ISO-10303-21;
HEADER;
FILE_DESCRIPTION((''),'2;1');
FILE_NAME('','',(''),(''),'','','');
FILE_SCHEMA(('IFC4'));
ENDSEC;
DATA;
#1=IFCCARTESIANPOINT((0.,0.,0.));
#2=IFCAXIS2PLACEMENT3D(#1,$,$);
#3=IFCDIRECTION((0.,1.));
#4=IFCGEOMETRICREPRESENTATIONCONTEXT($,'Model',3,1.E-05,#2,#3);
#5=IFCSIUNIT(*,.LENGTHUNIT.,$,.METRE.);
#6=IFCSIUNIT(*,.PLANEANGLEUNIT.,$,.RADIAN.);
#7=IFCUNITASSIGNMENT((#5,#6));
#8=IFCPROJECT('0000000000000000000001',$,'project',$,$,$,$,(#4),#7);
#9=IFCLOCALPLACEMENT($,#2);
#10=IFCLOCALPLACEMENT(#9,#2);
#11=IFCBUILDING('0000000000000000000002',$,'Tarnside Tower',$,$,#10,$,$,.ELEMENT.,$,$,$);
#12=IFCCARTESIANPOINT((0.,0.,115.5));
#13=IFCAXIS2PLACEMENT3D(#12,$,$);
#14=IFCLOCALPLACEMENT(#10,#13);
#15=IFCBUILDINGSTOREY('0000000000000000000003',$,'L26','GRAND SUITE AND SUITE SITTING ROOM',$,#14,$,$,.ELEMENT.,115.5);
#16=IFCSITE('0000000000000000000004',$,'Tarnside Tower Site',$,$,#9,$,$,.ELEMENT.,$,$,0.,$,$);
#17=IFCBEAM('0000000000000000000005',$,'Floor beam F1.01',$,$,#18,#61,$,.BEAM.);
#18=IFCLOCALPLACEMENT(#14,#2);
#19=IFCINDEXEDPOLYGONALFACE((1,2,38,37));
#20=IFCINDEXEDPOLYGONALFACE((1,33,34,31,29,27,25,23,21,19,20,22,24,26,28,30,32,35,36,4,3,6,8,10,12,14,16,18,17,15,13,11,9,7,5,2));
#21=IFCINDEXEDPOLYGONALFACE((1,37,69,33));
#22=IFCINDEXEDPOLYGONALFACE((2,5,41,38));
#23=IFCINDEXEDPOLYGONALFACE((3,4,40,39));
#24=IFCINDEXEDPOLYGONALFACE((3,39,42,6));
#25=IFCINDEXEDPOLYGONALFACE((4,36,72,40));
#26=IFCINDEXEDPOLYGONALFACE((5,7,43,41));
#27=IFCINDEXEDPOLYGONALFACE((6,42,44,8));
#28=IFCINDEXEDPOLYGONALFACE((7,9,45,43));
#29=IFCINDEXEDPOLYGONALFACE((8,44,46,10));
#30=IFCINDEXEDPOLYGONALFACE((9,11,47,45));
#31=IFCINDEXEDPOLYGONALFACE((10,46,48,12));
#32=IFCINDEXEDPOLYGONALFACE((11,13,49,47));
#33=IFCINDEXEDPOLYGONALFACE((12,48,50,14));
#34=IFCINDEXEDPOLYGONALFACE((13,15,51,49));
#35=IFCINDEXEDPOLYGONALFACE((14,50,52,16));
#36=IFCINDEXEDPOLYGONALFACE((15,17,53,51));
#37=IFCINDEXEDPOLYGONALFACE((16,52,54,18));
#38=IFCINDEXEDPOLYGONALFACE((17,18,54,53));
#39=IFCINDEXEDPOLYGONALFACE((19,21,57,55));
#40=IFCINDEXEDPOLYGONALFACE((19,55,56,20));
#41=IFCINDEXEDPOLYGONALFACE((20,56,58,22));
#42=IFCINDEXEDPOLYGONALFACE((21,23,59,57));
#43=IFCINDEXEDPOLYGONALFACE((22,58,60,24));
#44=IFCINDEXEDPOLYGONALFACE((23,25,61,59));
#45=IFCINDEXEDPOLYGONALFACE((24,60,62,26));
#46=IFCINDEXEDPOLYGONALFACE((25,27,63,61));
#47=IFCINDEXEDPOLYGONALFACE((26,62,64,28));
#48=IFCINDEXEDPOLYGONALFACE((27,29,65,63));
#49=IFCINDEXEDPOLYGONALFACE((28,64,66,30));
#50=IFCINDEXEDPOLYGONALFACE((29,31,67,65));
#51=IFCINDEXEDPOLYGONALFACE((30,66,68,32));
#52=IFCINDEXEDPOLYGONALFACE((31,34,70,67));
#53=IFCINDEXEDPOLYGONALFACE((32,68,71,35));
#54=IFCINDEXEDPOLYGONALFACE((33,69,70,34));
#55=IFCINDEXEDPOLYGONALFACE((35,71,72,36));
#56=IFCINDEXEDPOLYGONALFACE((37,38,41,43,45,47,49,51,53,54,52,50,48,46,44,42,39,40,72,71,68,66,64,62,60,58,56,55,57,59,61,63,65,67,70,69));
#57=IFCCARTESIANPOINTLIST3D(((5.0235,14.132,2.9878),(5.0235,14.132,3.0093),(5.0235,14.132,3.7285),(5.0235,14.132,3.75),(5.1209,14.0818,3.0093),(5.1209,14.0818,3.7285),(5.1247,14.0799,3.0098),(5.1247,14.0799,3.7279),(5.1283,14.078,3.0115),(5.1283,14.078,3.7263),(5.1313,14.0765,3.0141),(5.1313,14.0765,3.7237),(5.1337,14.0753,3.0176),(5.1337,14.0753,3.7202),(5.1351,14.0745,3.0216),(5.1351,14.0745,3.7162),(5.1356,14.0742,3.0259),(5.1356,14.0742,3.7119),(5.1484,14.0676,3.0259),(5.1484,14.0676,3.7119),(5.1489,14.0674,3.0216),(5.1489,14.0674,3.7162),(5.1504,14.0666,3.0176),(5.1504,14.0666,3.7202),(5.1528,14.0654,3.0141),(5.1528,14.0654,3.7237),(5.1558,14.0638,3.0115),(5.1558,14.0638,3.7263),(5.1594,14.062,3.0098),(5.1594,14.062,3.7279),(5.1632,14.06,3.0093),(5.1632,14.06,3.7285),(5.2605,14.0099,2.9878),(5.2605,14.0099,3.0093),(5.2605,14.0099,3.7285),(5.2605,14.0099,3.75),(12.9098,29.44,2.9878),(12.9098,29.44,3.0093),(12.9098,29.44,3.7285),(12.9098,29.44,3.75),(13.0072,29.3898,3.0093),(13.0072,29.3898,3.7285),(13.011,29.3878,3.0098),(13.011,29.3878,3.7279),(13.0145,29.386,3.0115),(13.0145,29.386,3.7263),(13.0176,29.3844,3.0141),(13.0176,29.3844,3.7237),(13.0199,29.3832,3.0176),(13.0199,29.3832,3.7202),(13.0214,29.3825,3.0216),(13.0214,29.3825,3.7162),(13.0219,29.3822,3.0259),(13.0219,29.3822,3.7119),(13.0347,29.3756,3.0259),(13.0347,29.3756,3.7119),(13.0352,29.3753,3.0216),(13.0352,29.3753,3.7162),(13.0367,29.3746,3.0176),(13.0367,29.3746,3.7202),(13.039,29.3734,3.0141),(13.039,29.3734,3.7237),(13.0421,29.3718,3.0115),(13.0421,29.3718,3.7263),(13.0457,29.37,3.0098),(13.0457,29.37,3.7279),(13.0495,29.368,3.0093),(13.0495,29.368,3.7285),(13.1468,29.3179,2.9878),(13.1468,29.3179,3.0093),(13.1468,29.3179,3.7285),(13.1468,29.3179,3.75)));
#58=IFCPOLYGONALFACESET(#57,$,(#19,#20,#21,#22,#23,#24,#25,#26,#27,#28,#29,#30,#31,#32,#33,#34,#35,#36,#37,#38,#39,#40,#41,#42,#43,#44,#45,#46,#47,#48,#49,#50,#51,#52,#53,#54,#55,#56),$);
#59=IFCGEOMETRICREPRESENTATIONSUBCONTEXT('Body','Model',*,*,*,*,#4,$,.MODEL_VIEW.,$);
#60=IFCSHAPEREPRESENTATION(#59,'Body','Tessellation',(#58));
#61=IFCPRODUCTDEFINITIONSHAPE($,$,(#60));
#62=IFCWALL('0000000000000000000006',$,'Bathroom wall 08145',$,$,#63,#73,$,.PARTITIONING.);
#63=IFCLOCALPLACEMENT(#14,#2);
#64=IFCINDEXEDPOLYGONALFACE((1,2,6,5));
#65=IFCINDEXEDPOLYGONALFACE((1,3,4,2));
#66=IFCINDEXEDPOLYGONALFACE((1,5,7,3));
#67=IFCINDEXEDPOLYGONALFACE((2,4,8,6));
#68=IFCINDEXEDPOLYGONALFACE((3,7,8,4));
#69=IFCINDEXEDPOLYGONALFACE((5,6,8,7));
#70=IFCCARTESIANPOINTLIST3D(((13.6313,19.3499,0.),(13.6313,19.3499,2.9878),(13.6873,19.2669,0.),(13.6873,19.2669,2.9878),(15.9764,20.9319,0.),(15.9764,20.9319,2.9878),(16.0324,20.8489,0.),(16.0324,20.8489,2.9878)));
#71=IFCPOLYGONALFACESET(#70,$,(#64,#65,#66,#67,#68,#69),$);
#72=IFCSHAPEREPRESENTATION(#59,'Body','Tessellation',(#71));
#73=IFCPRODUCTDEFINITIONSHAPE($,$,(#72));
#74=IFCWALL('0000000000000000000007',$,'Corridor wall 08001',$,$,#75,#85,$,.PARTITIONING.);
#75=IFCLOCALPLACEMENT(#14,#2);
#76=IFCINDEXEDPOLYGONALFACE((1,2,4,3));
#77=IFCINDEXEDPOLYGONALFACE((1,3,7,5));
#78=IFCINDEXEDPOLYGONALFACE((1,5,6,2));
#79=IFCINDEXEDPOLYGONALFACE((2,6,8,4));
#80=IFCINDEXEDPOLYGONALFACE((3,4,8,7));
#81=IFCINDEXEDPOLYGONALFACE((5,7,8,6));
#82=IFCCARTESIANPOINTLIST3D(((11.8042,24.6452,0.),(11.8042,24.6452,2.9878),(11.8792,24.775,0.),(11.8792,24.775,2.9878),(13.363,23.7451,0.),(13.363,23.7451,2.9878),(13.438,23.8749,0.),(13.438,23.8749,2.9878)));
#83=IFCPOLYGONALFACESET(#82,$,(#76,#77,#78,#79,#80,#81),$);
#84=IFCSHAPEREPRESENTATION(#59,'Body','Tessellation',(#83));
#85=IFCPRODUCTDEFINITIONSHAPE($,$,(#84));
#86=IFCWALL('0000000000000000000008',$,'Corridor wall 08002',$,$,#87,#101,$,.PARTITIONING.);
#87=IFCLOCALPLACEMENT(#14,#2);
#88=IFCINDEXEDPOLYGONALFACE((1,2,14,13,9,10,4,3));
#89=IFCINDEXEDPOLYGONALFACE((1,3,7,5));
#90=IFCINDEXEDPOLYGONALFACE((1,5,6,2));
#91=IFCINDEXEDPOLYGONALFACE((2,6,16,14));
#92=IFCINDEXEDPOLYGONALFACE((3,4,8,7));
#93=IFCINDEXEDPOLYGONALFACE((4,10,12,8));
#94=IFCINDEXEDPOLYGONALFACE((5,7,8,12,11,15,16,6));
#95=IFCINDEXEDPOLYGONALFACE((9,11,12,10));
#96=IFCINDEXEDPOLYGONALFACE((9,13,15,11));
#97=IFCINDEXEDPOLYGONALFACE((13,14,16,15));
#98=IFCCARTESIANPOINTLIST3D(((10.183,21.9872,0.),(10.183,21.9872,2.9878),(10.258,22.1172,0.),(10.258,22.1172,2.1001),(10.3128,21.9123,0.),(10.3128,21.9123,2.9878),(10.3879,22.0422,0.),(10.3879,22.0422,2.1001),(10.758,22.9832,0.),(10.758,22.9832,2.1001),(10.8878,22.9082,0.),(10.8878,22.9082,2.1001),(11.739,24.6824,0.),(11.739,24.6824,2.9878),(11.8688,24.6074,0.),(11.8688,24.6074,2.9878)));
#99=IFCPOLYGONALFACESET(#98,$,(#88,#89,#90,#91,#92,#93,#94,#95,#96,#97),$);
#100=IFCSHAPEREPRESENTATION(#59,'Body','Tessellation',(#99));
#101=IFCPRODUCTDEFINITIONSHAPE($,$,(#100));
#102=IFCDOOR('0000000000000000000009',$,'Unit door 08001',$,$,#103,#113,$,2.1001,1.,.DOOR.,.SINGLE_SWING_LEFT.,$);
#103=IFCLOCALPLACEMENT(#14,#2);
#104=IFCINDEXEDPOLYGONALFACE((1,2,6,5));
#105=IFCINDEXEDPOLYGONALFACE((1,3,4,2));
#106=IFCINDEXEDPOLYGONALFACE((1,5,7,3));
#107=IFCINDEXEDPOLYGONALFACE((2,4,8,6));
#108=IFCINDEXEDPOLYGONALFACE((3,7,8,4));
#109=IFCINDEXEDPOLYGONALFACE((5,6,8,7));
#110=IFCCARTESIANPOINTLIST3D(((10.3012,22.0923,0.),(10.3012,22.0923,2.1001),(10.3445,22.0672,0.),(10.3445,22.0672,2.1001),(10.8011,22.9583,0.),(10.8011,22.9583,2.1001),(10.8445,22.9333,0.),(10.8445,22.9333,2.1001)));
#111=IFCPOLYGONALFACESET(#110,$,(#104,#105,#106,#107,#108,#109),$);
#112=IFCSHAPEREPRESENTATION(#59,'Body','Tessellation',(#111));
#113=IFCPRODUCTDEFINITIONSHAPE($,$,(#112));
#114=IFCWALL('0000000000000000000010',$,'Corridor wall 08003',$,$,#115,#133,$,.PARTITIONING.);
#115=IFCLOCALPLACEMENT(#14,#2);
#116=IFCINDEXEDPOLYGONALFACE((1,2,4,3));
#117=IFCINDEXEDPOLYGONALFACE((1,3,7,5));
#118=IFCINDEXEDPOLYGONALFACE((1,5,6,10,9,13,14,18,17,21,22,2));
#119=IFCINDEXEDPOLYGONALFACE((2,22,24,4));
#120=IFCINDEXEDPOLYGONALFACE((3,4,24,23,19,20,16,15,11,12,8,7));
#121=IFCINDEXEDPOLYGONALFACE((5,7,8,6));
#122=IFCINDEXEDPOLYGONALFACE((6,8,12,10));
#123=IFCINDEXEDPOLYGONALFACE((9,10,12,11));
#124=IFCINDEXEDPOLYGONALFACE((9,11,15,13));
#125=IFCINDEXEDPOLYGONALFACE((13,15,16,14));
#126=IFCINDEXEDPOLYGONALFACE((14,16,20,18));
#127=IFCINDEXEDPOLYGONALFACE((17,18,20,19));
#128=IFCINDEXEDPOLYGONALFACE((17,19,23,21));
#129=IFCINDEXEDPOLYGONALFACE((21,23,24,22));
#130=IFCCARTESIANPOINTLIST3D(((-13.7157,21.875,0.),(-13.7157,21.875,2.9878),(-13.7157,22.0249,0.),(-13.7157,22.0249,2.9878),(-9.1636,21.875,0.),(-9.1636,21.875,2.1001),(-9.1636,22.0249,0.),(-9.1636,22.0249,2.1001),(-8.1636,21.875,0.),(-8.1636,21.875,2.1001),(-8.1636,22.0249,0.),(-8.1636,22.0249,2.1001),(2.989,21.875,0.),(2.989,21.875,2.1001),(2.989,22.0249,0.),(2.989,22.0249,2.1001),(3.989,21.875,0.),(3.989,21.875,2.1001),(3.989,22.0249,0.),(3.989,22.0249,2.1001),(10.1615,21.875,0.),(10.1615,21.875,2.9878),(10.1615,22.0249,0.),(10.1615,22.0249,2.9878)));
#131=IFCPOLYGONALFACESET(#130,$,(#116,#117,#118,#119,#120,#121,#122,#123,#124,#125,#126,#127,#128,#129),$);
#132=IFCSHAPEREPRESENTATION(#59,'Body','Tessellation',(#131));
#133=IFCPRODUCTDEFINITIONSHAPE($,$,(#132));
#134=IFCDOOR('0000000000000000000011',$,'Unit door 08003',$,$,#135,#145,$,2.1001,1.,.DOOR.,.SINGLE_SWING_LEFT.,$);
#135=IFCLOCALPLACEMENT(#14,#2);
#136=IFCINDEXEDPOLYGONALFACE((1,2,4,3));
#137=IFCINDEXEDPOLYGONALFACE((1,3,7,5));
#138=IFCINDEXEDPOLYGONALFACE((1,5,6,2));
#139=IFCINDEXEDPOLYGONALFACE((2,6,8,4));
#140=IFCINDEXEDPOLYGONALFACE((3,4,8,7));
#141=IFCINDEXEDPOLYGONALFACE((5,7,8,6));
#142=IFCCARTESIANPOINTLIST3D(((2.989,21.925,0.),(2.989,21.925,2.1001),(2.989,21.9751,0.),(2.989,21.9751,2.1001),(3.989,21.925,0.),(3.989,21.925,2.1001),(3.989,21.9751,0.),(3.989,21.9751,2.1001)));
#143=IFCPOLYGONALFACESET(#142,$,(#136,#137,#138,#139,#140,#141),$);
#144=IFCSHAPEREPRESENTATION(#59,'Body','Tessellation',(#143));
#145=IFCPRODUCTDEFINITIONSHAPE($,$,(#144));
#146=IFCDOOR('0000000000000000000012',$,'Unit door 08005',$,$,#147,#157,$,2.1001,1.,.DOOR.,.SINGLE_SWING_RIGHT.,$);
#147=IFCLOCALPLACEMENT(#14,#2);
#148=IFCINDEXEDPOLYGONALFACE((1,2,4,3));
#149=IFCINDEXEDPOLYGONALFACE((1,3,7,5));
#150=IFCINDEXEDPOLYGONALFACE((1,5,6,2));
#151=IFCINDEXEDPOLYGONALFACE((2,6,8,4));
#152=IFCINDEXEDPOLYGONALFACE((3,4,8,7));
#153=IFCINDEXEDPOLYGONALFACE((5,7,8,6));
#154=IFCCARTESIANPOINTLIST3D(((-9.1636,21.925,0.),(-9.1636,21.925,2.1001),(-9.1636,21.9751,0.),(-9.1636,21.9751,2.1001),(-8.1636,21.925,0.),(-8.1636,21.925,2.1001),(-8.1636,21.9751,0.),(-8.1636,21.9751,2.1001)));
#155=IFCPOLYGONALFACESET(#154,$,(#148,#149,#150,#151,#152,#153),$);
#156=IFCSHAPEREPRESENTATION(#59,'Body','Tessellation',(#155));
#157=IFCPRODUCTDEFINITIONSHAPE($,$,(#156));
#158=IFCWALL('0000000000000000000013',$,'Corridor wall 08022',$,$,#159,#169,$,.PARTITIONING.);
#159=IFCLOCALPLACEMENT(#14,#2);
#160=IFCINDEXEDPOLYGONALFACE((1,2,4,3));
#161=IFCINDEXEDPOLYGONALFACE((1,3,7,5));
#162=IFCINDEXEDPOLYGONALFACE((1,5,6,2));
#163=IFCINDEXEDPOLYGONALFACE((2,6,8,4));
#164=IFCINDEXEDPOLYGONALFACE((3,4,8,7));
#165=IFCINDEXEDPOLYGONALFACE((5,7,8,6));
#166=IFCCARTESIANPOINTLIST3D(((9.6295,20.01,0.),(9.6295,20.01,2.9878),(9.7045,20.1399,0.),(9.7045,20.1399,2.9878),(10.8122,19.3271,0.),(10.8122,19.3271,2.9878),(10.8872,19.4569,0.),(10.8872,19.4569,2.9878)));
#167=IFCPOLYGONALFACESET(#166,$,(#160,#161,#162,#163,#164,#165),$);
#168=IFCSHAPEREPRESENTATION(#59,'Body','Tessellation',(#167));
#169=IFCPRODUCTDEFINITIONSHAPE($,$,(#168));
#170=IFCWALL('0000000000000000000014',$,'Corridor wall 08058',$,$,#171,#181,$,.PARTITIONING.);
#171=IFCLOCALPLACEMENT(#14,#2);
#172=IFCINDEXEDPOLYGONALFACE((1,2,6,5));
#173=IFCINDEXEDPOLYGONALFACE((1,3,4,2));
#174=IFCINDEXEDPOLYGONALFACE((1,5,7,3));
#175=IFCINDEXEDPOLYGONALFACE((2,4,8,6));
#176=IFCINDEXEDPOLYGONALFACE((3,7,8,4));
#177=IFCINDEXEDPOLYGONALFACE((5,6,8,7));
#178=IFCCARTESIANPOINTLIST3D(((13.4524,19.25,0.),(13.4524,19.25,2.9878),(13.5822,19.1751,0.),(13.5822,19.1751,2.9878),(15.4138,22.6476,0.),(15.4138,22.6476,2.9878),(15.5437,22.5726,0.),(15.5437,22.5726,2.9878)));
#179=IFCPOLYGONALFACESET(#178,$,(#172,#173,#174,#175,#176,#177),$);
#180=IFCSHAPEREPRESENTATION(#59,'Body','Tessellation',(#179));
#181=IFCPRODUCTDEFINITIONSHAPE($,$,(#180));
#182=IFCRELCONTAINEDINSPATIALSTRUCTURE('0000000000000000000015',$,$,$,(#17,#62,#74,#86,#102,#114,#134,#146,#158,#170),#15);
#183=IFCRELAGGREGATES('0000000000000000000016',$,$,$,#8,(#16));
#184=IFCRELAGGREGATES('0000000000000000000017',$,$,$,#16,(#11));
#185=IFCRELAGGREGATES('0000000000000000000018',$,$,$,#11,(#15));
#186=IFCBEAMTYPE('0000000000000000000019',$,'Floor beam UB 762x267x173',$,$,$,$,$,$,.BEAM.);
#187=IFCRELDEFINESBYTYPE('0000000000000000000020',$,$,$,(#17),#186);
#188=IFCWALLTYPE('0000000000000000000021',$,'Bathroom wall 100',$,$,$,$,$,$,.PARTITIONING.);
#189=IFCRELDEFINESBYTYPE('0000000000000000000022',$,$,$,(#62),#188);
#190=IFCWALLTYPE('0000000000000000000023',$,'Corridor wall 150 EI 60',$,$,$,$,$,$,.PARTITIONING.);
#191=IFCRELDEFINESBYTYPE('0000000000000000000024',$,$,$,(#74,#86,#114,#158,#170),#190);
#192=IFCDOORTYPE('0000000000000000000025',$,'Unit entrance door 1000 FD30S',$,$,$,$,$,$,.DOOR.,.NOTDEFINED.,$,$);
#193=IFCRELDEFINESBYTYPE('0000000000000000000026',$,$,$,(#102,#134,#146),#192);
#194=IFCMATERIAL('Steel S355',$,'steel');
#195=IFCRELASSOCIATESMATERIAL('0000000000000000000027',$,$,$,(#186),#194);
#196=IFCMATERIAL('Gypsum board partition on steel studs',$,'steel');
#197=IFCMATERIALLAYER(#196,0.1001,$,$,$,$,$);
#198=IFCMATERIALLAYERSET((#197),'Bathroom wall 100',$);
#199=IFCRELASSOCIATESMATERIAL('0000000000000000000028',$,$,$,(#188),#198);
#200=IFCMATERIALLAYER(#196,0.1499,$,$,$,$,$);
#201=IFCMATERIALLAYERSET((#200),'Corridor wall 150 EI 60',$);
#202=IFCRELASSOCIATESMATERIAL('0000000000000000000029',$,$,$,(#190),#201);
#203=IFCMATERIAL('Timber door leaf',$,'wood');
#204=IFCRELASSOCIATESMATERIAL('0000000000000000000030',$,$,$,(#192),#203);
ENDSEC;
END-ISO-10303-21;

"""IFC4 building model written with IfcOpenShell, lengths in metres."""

from ifc_helpers import new_model, si_unit, direction, frame, frame_2d, origin, origin_2d, place, context, subcontext, project, spatial, rectangle, i_section, extrude, material, layer, layer_set, material_profile, profile_set, type_object, element, fill, save


model = new_model("IFC4")

# Units and contexts
model_context = context("Model", 3, precision=1e-05, world=origin(), true_north=direction((0.0, 1.0)))
body_context = subcontext(model_context, "Body", "Model", "MODEL_VIEW")
ifc_project = project(units=[si_unit("LENGTHUNIT", "METRE"), si_unit("PLANEANGLEUNIT", "RADIAN")], contexts=[model_context])

# Site, building, storey
site_placement = place(None, origin())
site = spatial("IfcSite", under=ifc_project, at=site_placement, Name="Tarnside Tower Site", CompositionType="ELEMENT", RefElevation=0.0)
building_placement = place(site_placement, origin())
building = spatial("IfcBuilding", under=site, at=building_placement, Name="Tarnside Tower", CompositionType="ELEMENT")
storey_placement = place(building_placement, frame((0.0, 0.0, 115.5)))
storey = spatial("IfcBuildingStorey", under=building, at=storey_placement, Name="L26", Description="GRAND SUITE AND SUITE SITTING ROOM", CompositionType="ELEMENT", Elevation=115.5)

# Beam
ifc_material_1 = material(Name="Steel S355", Category="steel")
ifc_material_profile = material_profile(ifc_material_1, i_section(OverallWidth=0.2666, OverallDepth=0.7622, WebThickness=0.0144, FlangeThickness=0.0215, FilletRadius=0.0166, at=origin_2d()), Name="UB 762x267x173")
ifc_profile_set = profile_set([ifc_material_profile], Name="Steel S355")
beam_type = type_object("IfcBeamType", Name="Floor beam UB 762x267x173", PredefinedType="BEAM", material=ifc_profile_set)
beam_placement = place(storey_placement, frame((13.0283, 29.3789, 3.3689), z_axis=(-0.457973, -0.888966, 0.0), x_axis=(0.888966, -0.457973, 0.0)))
element("IfcBeam", 1, at=beam_placement, inside=storey, type_object=beam_type, Name="Floor beam F1.01", PredefinedType="BEAM", context=body_context, shape_type="SweptSolid", body=[
    extrude(i_section(OverallWidth=0.2666, OverallDepth=0.7622, WebThickness=0.0144, FlangeThickness=0.0215, FilletRadius=0.0166, at=origin_2d()), origin(), (0.0, 0.0, 1.0), 17.22),
])

# Walls
ifc_material_2 = material(Name="Gypsum board partition on steel studs", Category="steel")
ifc_layer_1 = layer(ifc_material_2, 0.1001)
ifc_layer_set_1 = layer_set([ifc_layer_1], Name="Bathroom wall 100")
wall_type_1 = type_object("IfcWallType", Name="Bathroom wall 100", PredefinedType="PARTITIONING", material=ifc_layer_set_1)
wall_1_placement = place(storey_placement, frame((13.6592, 19.3083, 0.0), z_axis=(0.0, 0.0, 1.0), x_axis=(0.829011, 0.559233, 0.0)))
element("IfcWall", 2, at=wall_1_placement, inside=storey, type_object=wall_type_1, Name="Bathroom wall 08145", PredefinedType="PARTITIONING", context=body_context, shape_type="SweptSolid", body=[
    extrude(rectangle(XDim=2.8289, YDim=0.1001, at=frame_2d((1.4146, 0.0))), origin(), (0.0, 0.0, 1.0), 2.9878),
])
ifc_layer_2 = layer(ifc_material_2, 0.1499)
ifc_layer_set_2 = layer_set([ifc_layer_2], Name="Corridor wall 150 EI 60")
wall_type_2 = type_object("IfcWallType", Name="Corridor wall 150 EI 60", PredefinedType="PARTITIONING", material=ifc_layer_set_2)
wall_2_placement = place(storey_placement, frame((13.4004, 23.8101, 0.0), z_axis=(0.0, 0.0, 1.0), x_axis=(-0.865989, 0.500063, 0.0)))
element("IfcWall", 3, at=wall_2_placement, inside=storey, type_object=wall_type_2, Name="Corridor wall 08001", PredefinedType="PARTITIONING", context=body_context, shape_type="SweptSolid", body=[
    extrude(rectangle(XDim=1.8, YDim=0.1499, at=frame_2d((0.8999, 0.0))), origin(), (0.0, 0.0, 1.0), 2.9878),
])

# Wall, opening, door
wall_3_placement = place(storey_placement, frame((11.804, 24.645, 0.0), z_axis=(0.0, 0.0, 1.0), x_axis=(-0.499978, -0.866038, 0.0)))
wall_3 = element("IfcWall", 4, at=wall_3_placement, inside=storey, type_object=wall_type_2, Name="Corridor wall 08002", PredefinedType="PARTITIONING", context=body_context, shape_type="SweptSolid", body=[
    extrude(rectangle(XDim=3.1121, YDim=0.1499, at=frame_2d((1.5562, 0.0))), origin(), (0.0, 0.0, 1.0), 2.9878),
])
opening_1_placement = place(wall_3_placement, frame((1.9622, 0.0, 0.0)))
opening_1 = element("IfcOpeningElement", 5, at=opening_1_placement, cuts=wall_3, PredefinedType="OPENING", context=body_context, shape_type="SweptSolid", body=[
    extrude(rectangle(XDim=1.0, YDim=2.1001, at=frame_2d((0.5, 1.05))), frame((0.0, 0.085, 0.0), z_axis=(0.0, -1.0, 0.0), x_axis=(1.0, 0.0, 0.0)), (0.0, 0.0, 1.0), 0.1699),
])
ifc_material_3 = material(Name="Timber door leaf", Category="wood")
door_type_1 = type_object("IfcDoorType", Name="Unit entrance door 1000 FD30S", OperationType="NOTDEFINED", PredefinedType="DOOR", material=ifc_material_3)
door_1_placement = place(opening_1_placement, origin())
door_1 = element("IfcDoor", 6, at=door_1_placement, inside=storey, type_object=door_type_1, Name="Unit door 08001", OperationType="SINGLE_SWING_LEFT", OverallHeight=2.1001, OverallWidth=1.0, PredefinedType="DOOR", context=body_context, shape_type="SweptSolid", body=[
    extrude(rectangle(XDim=1.0, YDim=2.1001, at=frame_2d((0.5, 1.05))), frame((0.0, 0.0249, 0.0), z_axis=(0.0, -1.0, 0.0), x_axis=(1.0, 0.0, 0.0)), (0.0, 0.0, 1.0), 0.05),
])
fill(opening_1, door_1)

# Wall, openings, doors
wall_4_placement = place(storey_placement, frame((10.1614, 21.95, 0.0), z_axis=(0.0, 0.0, 1.0), x_axis=(-1.0, 0.0, 0.0)))
wall_4 = element("IfcWall", 7, at=wall_4_placement, inside=storey, type_object=wall_type_2, Name="Corridor wall 08003", PredefinedType="PARTITIONING", context=body_context, shape_type="SweptSolid", body=[
    extrude(rectangle(XDim=23.8772, YDim=0.1499, at=frame_2d((11.9385, 0.0))), origin(), (0.0, 0.0, 1.0), 2.9878),
])
opening_2_placement = place(wall_4_placement, frame((6.1724, 0.0, 0.0)))
opening_2 = element("IfcOpeningElement", 8, at=opening_2_placement, cuts=wall_4, PredefinedType="OPENING", context=body_context, shape_type="SweptSolid", body=[
    extrude(rectangle(XDim=1.0, YDim=2.1001, at=frame_2d((0.5, 1.05))), frame((0.0, 0.085, 0.0), z_axis=(0.0, -1.0, 0.0), x_axis=(1.0, 0.0, 0.0)), (0.0, 0.0, 1.0), 0.1699),
])
opening_3_placement = place(wall_4_placement, frame((18.325, 0.0, 0.0)))
opening_3 = element("IfcOpeningElement", 9, at=opening_3_placement, cuts=wall_4, PredefinedType="OPENING", context=body_context, shape_type="SweptSolid", body=[
    extrude(rectangle(XDim=1.0, YDim=2.1001, at=frame_2d((0.5, 1.05))), frame((0.0, 0.085, 0.0), z_axis=(0.0, -1.0, 0.0), x_axis=(1.0, 0.0, 0.0)), (0.0, 0.0, 1.0), 0.1699),
])
door_2_placement = place(opening_2_placement, origin())
door_2 = element("IfcDoor", 10, at=door_2_placement, inside=storey, type_object=door_type_1, Name="Unit door 08003", OperationType="SINGLE_SWING_LEFT", OverallHeight=2.1001, OverallWidth=1.0, PredefinedType="DOOR", context=body_context, shape_type="SweptSolid", body=[
    extrude(rectangle(XDim=1.0, YDim=2.1001, at=frame_2d((0.5, 1.05))), frame((0.0, 0.0249, 0.0), z_axis=(0.0, -1.0, 0.0), x_axis=(1.0, 0.0, 0.0)), (0.0, 0.0, 1.0), 0.05),
])
fill(opening_2, door_2)
door_3_placement = place(opening_3_placement, origin())
door_3 = element("IfcDoor", 11, at=door_3_placement, inside=storey, type_object=door_type_1, Name="Unit door 08005", OperationType="SINGLE_SWING_RIGHT", OverallHeight=2.1001, OverallWidth=1.0, PredefinedType="DOOR", context=body_context, shape_type="SweptSolid", body=[
    extrude(rectangle(XDim=1.0, YDim=2.1001, at=frame_2d((0.5, 1.05))), frame((0.0, 0.0249, 0.0), z_axis=(0.0, -1.0, 0.0), x_axis=(1.0, 0.0, 0.0)), (0.0, 0.0, 1.0), 0.05),
])
fill(opening_3, door_3)

# Walls
wall_5_placement = place(storey_placement, frame((9.667, 20.075, 0.0), z_axis=(0.0, 0.0, 1.0), x_axis=(0.866001, -0.500042, 0.0)))
element("IfcWall", 12, at=wall_5_placement, inside=storey, type_object=wall_type_2, Name="Corridor wall 08022", PredefinedType="PARTITIONING", context=body_context, shape_type="SweptSolid", body=[
    extrude(rectangle(XDim=1.3657, YDim=0.1499, at=frame_2d((0.6829, 0.0))), origin(), (0.0, 0.0, 1.0), 2.9878),
])
wall_6_placement = place(storey_placement, frame((13.5173, 19.2126, 0.0), z_axis=(0.0, 0.0, 1.0), x_axis=(0.499981, 0.866036, 0.0)))
element("IfcWall", 13, at=wall_6_placement, inside=storey, type_object=wall_type_2, Name="Corridor wall 08058", PredefinedType="PARTITIONING", context=body_context, shape_type="SweptSolid", body=[
    extrude(rectangle(XDim=3.9231, YDim=0.1499, at=frame_2d((1.9614, 0.0))), origin(), (0.0, 0.0, 1.0), 2.9878),
])

save(model, "model.ifc")
